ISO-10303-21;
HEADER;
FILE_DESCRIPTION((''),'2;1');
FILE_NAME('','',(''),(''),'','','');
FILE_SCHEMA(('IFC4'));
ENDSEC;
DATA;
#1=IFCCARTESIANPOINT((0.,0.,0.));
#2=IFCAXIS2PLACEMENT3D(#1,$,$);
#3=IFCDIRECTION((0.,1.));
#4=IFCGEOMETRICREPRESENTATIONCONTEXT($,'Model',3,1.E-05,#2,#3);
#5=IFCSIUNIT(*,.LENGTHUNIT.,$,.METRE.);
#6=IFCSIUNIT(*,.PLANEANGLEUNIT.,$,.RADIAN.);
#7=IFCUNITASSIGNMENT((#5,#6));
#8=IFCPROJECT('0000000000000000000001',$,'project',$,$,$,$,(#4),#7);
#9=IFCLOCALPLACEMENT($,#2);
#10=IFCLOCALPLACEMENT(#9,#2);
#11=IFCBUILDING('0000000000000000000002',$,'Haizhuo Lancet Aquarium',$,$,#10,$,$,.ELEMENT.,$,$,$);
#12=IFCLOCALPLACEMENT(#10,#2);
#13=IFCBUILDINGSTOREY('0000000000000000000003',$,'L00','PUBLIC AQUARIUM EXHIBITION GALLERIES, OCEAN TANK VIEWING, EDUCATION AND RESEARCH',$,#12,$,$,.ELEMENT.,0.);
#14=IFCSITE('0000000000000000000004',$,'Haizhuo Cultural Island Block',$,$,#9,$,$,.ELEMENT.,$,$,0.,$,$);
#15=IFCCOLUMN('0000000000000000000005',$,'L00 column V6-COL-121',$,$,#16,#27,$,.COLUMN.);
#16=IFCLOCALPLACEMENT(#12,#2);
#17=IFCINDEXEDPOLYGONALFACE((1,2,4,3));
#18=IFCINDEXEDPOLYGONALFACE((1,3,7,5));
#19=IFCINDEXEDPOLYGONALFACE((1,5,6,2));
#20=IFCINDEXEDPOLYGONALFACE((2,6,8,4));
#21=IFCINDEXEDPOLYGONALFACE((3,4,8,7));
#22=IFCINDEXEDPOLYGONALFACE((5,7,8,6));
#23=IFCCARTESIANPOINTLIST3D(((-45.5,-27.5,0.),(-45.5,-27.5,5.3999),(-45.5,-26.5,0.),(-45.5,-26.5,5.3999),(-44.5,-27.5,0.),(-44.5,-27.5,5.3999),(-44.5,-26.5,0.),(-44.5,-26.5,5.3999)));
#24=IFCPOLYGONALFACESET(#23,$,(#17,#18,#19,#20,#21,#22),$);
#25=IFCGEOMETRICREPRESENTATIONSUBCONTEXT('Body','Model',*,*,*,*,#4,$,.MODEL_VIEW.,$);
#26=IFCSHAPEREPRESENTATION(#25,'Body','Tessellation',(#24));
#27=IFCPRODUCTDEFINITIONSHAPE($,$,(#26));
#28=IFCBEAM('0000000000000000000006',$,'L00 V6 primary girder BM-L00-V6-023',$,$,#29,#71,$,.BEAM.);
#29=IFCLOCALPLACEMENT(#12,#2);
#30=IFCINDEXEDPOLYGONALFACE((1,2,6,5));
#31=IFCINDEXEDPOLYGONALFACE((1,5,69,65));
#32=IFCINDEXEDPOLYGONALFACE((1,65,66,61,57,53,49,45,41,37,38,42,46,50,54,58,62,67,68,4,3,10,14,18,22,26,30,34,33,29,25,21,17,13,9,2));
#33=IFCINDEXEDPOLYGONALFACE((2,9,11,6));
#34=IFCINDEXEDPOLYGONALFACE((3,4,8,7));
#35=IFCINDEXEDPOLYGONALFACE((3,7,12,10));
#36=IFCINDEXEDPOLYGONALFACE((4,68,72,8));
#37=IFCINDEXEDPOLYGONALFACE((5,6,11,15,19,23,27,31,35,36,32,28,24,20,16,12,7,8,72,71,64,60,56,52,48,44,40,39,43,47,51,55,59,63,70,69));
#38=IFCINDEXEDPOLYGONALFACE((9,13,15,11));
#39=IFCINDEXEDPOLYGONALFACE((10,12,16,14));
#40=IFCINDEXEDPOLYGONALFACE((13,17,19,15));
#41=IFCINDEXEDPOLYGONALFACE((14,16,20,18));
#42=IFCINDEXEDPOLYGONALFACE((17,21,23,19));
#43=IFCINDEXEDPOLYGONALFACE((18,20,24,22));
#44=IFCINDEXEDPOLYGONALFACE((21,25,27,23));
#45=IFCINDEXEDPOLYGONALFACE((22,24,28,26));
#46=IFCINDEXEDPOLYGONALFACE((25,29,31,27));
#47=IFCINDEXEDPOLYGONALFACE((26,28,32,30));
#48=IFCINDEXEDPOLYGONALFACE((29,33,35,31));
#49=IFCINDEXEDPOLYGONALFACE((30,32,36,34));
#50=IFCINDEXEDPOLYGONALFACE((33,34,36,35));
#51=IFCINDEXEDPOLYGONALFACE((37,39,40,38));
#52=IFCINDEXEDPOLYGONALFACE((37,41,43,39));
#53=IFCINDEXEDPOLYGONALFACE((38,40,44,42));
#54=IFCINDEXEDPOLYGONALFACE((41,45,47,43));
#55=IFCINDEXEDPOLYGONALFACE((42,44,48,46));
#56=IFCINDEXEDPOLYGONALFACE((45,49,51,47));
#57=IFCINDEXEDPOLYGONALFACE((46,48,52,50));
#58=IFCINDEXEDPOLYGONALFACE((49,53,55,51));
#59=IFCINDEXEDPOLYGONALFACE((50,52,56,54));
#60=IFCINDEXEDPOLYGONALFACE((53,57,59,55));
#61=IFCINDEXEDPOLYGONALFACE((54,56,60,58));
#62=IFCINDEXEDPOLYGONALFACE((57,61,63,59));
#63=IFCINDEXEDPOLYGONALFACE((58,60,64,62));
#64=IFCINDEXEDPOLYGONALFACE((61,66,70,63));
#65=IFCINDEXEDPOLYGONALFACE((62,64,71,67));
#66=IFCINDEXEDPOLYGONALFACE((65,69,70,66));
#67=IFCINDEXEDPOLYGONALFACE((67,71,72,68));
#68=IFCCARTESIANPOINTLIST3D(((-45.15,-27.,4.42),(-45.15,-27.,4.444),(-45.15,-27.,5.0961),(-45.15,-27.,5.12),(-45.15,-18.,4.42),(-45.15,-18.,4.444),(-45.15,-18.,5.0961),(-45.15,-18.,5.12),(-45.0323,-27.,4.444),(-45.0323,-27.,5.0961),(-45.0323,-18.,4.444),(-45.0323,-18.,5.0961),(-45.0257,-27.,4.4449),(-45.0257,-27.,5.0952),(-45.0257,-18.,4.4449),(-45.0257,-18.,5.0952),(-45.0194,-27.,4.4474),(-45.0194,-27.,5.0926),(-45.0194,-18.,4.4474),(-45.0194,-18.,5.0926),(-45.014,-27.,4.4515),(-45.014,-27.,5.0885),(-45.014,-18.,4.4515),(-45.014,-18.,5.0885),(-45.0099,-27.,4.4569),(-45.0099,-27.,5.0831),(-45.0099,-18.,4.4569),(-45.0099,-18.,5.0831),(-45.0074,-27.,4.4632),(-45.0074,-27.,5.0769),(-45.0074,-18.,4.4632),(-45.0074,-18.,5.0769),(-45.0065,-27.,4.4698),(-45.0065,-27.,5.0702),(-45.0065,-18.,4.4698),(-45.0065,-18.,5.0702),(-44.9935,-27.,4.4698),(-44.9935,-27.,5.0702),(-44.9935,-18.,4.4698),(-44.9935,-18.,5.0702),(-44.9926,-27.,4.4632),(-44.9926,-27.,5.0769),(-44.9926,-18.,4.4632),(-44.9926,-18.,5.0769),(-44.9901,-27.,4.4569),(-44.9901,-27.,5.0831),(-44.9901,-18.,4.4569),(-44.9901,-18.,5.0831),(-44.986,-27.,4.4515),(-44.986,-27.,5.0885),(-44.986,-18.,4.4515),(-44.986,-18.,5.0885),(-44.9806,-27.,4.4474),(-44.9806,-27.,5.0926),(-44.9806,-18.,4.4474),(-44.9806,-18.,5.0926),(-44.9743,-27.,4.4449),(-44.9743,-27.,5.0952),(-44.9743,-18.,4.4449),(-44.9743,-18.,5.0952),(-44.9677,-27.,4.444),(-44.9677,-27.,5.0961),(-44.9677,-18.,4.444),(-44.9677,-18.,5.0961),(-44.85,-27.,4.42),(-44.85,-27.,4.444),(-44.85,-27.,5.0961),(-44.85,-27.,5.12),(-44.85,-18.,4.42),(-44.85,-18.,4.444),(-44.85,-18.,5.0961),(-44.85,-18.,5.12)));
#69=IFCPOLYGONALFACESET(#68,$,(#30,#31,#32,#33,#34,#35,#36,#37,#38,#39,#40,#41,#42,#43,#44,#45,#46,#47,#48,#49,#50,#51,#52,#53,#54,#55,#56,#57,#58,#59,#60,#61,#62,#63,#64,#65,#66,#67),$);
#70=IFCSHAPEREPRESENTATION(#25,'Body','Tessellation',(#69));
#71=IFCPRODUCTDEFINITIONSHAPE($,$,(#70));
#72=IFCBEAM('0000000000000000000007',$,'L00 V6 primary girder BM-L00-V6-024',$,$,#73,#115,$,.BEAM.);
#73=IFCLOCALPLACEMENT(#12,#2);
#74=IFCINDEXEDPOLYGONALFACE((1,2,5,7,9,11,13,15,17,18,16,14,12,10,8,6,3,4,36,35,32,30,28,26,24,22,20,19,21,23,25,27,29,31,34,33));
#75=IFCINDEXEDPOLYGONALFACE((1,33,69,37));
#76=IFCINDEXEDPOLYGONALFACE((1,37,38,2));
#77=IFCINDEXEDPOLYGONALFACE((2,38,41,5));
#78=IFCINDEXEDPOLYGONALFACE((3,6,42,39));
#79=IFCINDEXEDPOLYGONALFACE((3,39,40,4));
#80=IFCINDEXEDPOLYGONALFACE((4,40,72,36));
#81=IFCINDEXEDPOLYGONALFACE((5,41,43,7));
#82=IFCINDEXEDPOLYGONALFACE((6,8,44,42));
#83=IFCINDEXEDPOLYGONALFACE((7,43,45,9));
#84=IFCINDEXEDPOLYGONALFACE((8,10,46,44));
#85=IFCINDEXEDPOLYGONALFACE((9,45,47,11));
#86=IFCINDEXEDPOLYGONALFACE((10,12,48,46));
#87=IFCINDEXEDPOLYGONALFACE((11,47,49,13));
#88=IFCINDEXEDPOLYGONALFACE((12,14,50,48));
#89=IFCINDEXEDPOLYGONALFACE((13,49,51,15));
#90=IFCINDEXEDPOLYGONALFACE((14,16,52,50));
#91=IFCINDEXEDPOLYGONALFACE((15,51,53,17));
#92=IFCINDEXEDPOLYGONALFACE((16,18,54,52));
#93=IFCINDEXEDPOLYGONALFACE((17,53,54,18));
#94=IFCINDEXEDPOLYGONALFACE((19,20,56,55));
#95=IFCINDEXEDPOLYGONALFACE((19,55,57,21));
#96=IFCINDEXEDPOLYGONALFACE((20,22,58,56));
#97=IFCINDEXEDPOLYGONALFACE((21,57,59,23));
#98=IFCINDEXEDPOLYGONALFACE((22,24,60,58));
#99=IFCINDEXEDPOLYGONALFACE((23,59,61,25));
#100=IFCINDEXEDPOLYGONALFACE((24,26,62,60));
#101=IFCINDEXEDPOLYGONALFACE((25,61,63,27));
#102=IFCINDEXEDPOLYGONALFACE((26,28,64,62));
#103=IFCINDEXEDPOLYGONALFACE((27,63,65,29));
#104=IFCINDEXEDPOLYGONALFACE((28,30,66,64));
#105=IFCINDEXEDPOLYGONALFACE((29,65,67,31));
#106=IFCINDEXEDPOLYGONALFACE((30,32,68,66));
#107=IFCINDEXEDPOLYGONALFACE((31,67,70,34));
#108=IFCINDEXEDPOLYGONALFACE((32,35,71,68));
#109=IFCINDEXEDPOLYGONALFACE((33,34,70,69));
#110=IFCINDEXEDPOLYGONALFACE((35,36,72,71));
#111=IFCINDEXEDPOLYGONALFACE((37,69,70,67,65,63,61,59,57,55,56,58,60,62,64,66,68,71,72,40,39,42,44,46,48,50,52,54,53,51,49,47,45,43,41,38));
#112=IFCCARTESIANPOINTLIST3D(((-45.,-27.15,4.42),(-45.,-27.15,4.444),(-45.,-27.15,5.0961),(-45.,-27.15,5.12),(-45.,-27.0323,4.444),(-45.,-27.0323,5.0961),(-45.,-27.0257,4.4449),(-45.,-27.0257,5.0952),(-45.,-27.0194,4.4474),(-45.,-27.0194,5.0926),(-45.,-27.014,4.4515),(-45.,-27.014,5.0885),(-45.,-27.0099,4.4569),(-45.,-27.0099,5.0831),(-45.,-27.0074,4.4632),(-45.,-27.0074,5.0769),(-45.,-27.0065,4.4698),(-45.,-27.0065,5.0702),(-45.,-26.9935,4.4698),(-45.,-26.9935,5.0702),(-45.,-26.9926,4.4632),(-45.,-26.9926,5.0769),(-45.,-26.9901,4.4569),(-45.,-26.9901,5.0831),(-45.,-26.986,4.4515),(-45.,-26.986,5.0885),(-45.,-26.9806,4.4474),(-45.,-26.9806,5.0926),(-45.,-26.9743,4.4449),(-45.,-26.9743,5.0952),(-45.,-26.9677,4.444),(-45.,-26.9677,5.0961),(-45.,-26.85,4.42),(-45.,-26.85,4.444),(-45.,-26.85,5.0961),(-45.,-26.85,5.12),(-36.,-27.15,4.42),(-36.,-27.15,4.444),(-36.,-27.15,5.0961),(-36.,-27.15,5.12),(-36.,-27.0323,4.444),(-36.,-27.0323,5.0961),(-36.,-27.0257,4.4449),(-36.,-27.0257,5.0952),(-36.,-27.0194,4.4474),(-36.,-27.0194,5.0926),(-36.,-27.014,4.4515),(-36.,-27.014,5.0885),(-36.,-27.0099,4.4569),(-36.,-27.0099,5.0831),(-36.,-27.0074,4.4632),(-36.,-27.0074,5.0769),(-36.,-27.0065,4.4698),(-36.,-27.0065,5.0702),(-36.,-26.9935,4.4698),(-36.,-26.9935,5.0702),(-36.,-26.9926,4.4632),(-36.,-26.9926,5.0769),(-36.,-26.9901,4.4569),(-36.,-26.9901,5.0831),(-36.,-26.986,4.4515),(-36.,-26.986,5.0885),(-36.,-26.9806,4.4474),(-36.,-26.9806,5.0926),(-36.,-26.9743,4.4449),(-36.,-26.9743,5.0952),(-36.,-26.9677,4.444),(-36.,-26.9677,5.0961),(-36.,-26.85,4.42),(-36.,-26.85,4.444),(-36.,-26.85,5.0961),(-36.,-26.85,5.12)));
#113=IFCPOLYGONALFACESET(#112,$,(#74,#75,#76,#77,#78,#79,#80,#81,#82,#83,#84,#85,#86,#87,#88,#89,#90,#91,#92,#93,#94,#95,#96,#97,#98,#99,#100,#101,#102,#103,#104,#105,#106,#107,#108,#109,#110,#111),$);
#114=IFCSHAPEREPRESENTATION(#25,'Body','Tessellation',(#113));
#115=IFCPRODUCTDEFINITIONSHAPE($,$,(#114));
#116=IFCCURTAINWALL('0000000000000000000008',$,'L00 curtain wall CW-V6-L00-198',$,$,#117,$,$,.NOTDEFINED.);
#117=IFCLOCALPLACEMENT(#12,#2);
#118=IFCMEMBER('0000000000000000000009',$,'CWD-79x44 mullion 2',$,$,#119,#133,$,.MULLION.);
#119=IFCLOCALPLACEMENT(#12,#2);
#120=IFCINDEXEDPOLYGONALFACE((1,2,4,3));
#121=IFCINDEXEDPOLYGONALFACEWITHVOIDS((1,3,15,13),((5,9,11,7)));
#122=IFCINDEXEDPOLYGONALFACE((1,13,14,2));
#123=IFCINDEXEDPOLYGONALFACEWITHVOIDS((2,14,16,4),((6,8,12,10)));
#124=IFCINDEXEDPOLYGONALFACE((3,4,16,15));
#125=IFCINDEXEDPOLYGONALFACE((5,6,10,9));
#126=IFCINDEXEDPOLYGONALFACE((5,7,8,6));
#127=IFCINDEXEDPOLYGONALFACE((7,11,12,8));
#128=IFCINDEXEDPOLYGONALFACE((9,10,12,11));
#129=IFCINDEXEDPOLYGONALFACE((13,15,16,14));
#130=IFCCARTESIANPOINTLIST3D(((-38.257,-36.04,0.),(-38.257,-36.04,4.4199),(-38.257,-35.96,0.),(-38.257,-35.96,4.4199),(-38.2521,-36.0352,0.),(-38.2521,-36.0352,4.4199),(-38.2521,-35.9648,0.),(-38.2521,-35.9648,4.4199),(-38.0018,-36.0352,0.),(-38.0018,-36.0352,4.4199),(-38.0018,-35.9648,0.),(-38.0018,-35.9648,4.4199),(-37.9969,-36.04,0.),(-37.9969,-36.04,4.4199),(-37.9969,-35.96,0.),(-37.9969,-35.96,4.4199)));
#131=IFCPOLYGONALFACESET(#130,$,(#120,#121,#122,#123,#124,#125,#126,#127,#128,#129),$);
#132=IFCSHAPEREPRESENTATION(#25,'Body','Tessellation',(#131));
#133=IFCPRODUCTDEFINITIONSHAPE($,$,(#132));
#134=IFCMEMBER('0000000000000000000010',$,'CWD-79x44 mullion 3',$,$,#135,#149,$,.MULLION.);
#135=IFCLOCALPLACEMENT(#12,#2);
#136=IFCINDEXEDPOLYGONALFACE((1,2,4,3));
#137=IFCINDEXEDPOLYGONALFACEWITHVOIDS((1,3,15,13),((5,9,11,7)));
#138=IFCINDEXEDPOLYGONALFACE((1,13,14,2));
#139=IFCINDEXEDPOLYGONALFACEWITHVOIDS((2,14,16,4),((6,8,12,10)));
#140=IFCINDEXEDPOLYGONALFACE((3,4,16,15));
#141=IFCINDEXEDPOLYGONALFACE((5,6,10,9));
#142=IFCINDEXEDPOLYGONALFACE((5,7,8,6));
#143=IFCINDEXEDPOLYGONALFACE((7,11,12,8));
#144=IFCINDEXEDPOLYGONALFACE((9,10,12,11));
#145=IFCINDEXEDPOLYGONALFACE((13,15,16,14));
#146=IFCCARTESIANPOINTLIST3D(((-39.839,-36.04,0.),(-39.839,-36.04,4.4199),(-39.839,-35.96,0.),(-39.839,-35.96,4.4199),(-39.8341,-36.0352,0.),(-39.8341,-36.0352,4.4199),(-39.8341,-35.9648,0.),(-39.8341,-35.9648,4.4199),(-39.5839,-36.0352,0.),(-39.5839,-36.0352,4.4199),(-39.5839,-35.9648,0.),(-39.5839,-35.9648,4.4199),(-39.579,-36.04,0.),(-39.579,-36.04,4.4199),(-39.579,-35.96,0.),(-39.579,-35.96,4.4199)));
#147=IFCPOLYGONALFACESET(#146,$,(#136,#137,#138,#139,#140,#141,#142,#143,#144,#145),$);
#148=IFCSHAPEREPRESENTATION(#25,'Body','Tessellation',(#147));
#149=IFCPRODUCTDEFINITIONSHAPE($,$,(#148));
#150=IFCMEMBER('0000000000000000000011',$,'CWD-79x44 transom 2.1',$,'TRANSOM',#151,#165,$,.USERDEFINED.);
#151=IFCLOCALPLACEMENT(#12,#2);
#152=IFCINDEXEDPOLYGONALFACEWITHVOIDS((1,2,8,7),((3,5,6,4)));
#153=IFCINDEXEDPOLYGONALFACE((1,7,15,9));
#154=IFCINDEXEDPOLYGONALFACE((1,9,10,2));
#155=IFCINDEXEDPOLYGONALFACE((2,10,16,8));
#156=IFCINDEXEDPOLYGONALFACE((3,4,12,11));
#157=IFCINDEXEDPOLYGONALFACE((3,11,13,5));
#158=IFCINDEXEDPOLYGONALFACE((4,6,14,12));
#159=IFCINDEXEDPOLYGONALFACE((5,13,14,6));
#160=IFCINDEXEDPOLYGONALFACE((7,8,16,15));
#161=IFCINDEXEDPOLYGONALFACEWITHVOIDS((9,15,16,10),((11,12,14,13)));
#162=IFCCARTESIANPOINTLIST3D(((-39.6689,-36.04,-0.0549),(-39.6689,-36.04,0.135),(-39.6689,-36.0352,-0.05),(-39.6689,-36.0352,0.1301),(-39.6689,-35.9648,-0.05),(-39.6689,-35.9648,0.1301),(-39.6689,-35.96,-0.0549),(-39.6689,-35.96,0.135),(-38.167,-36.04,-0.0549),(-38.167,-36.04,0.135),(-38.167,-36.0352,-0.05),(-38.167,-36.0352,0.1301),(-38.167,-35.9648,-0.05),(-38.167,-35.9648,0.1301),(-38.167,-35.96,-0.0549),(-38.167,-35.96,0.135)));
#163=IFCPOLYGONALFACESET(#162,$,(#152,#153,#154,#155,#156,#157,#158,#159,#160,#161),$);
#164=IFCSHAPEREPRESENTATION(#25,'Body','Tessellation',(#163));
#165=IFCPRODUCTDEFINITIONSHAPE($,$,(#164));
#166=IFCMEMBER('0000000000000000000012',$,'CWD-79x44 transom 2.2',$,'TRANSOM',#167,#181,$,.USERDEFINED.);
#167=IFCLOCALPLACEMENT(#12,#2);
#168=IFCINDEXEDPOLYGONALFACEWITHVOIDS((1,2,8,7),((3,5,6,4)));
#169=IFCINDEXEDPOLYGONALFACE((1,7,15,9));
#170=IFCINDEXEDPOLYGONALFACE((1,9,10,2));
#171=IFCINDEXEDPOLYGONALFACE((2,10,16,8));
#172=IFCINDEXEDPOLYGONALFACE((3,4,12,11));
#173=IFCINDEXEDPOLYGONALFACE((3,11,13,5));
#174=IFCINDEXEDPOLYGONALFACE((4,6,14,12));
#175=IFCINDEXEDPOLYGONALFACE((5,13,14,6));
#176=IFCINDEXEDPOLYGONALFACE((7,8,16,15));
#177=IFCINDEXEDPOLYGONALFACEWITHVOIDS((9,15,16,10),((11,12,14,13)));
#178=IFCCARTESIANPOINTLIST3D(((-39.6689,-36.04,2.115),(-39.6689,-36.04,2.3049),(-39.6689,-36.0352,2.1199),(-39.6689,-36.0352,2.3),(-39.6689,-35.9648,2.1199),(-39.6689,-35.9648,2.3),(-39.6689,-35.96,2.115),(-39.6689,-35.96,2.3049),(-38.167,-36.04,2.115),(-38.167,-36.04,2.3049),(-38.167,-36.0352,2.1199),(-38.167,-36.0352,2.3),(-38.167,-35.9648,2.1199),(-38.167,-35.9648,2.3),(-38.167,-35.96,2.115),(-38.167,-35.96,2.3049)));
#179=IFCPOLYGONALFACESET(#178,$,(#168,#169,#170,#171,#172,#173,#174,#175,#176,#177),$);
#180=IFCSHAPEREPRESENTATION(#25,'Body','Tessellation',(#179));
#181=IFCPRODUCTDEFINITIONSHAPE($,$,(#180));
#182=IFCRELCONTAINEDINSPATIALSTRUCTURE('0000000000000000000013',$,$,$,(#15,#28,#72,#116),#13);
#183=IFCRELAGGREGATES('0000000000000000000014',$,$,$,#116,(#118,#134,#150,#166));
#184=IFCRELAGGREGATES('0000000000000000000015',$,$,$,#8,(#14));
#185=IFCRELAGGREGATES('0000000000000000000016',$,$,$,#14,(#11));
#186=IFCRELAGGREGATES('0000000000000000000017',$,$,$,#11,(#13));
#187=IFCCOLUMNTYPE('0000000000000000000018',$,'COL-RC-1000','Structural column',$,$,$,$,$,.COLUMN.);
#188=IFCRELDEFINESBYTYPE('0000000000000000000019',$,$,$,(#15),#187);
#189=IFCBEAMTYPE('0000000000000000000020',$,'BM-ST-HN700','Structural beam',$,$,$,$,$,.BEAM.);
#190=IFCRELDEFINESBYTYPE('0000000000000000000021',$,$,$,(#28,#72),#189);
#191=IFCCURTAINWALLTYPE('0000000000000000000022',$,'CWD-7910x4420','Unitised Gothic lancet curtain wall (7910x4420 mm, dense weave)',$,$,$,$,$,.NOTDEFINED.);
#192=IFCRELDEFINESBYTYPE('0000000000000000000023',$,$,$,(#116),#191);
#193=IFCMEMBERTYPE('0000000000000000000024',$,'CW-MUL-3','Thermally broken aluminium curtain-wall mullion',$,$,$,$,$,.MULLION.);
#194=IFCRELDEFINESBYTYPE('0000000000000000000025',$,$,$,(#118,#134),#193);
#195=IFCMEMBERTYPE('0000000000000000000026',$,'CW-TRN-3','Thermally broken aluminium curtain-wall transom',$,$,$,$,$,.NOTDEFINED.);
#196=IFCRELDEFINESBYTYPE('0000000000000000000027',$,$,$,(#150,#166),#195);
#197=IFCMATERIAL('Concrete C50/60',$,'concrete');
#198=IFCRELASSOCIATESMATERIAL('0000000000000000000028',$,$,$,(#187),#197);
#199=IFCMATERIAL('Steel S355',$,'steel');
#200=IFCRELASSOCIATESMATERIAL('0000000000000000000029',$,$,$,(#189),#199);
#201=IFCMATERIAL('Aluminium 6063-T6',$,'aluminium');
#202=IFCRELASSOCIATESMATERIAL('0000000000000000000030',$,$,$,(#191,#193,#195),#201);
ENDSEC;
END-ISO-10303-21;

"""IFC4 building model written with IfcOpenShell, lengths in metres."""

from ifc_helpers import new_model, si_unit, direction, frame, origin, origin_2d, place, context, subcontext, project, spatial, rectangle, hollow_rectangle, i_section, extrude, material, material_profile, profile_set, type_object, element, aggregate, save


model = new_model("IFC4")

# Units and contexts
model_context = context("Model", 3, precision=1e-05, world=origin(), true_north=direction((0.0, 1.0)))
body_context = subcontext(model_context, "Body", "Model", "MODEL_VIEW")
ifc_project = project(units=[si_unit("LENGTHUNIT", "METRE"), si_unit("PLANEANGLEUNIT", "RADIAN")], contexts=[model_context])

# Site, building, storey
site_placement = place(None, origin())
site = spatial("IfcSite", under=ifc_project, at=site_placement, Name="Haizhuo Cultural Island Block", CompositionType="ELEMENT", RefElevation=0.0)
building_placement = place(site_placement, origin())
building = spatial("IfcBuilding", under=site, at=building_placement, Name="Haizhuo Lancet Aquarium", CompositionType="ELEMENT")
storey_placement = place(building_placement, origin())
storey = spatial("IfcBuildingStorey", under=building, at=storey_placement, Name="L00", Description="PUBLIC AQUARIUM EXHIBITION GALLERIES, OCEAN TANK VIEWING, EDUCATION AND RESEARCH", CompositionType="ELEMENT", Elevation=0.0)

# Column
ifc_material_1 = material(Name="Concrete C50/60", Category="concrete")
ifc_material_profile_1 = material_profile(ifc_material_1, rectangle(XDim=1.0, YDim=1.0, at=origin_2d()), Name="RC-COL 1000x1000")
ifc_profile_set_1 = profile_set([ifc_material_profile_1], Name="Concrete C50/60")
column_type = type_object("IfcColumnType", Name="COL-RC-1000", Description="Structural column", PredefinedType="COLUMN", material=ifc_profile_set_1)
column_placement = place(storey_placement, frame((-45.0, -27.0, 0.0), z_axis=(0.0, 0.0, 1.0), x_axis=(1.0, 0.0, 0.0)))
element("IfcColumn", 1, at=column_placement, inside=storey, type_object=column_type, Name="L00 column V6-COL-121", PredefinedType="COLUMN", context=body_context, shape_type="SweptSolid", body=[
    extrude(rectangle(XDim=1.0, YDim=1.0, at=origin_2d()), origin(), (0.0, 0.0, 1.0), 5.3999),
])

# Beams
ifc_material_2 = material(Name="Steel S355", Category="steel")
ifc_material_profile_2 = material_profile(ifc_material_2, i_section(OverallWidth=0.3, OverallDepth=0.7, WebThickness=0.0129, FlangeThickness=0.0239, FilletRadius=0.0259, at=origin_2d()), Name="HN 700x300x13x24")
ifc_profile_set_2 = profile_set([ifc_material_profile_2], Name="Steel S355")
beam_type_1 = type_object("IfcBeamType", Name="BM-ST-HN700", Description="Structural beam", PredefinedType="BEAM", material=ifc_profile_set_2)
for number, where, z_axis, x_axis, name in (
    (2, (-45.0, -27.0, 4.77), (0.0, 1.0, 0.0), (-1.0, 0.0, 0.0), "L00 V6 primary girder BM-L00-V6-023"),
    (3, (-45.0, -27.0, 4.77), (1.0, 0.0, 0.0), (0.0, 1.0, 0.0), "L00 V6 primary girder BM-L00-V6-024"),
):
    element("IfcBeam", number, at=place(storey_placement, frame(where, z_axis=z_axis, x_axis=x_axis)), inside=storey, type_object=beam_type_1, Name=name, PredefinedType="BEAM", context=body_context, shape_type="SweptSolid", body=[
        extrude(i_section(OverallWidth=0.3, OverallDepth=0.7, WebThickness=0.0129, FlangeThickness=0.0239, FilletRadius=0.0259, at=origin_2d()), origin(), (0.0, 0.0, 1.0), 9.0),
    ])

# Curtain wall, members
ifc_material_3 = material(Name="Aluminium 6063-T6", Category="aluminium")
curtain_wall_type = type_object("IfcCurtainWallType", Name="CWD-7910x4420", Description="Unitised Gothic lancet curtain wall (7910x4420 mm, dense weave)", PredefinedType="NOTDEFINED", material=ifc_material_3)
curtain_wall_placement = place(storey_placement, origin())
curtain_wall = element("IfcCurtainWall", 4, at=curtain_wall_placement, inside=storey, type_object=curtain_wall_type, Name="L00 curtain wall CW-V6-L00-198", PredefinedType="NOTDEFINED")
ifc_material_profile_3 = material_profile(ifc_material_3, hollow_rectangle(XDim=0.0801, YDim=0.26, WallThickness=0.0049, at=origin_2d()), Name="ALU-M 80x260x5")
ifc_profile_set_3 = profile_set([ifc_material_profile_3], Name="Aluminium 6063-T6")
member_type_1 = type_object("IfcMemberType", Name="CW-MUL-3", Description="Thermally broken aluminium curtain-wall mullion", PredefinedType="MULLION", material=ifc_profile_set_3)
member_1_placement = place(storey_placement, frame((-38.127, -36.0, 0.0), z_axis=(0.0, 0.0, 1.0), x_axis=(0.0, -1.0, 0.0)))
member_1 = element("IfcMember", 5, at=member_1_placement, type_object=member_type_1, Name="CWD-79x44 mullion 2", PredefinedType="MULLION", context=body_context, shape_type="SweptSolid", body=[
    extrude(hollow_rectangle(XDim=0.0801, YDim=0.26, WallThickness=0.0049, at=origin_2d()), origin(), (0.0, 0.0, 1.0), 4.4199),
])
member_2_placement = place(storey_placement, frame((-39.709, -36.0, 0.0), z_axis=(0.0, 0.0, 1.0), x_axis=(0.0, -1.0, 0.0)))
member_2 = element("IfcMember", 6, at=member_2_placement, type_object=member_type_1, Name="CWD-79x44 mullion 3", PredefinedType="MULLION", context=body_context, shape_type="SweptSolid", body=[
    extrude(hollow_rectangle(XDim=0.0801, YDim=0.26, WallThickness=0.0049, at=origin_2d()), origin(), (0.0, 0.0, 1.0), 4.4199),
])
ifc_material_profile_4 = material_profile(ifc_material_3, hollow_rectangle(XDim=0.0801, YDim=0.1899, WallThickness=0.0049, at=origin_2d()), Name="ALU-T 80x190x5")
ifc_profile_set_4 = profile_set([ifc_material_profile_4], Name="Aluminium 6063-T6")
member_type_2 = type_object("IfcMemberType", Name="CW-TRN-3", Description="Thermally broken aluminium curtain-wall transom", PredefinedType="NOTDEFINED", material=ifc_profile_set_4)
member_3_placement = place(storey_placement, frame((-38.167, -36.0, 0.04), z_axis=(-1.0, 0.0, 0.0), x_axis=(0.0, -1.0, 0.0)))
member_3 = element("IfcMember", 7, at=member_3_placement, type_object=member_type_2, Name="CWD-79x44 transom 2.1", ObjectType="TRANSOM", PredefinedType="USERDEFINED", context=body_context, shape_type="SweptSolid", body=[
    extrude(hollow_rectangle(XDim=0.0801, YDim=0.1899, WallThickness=0.0049, at=origin_2d()), origin(), (0.0, 0.0, 1.0), 1.502),
])
member_4_placement = place(storey_placement, frame((-38.167, -36.0, 2.21), z_axis=(-1.0, 0.0, 0.0), x_axis=(0.0, -1.0, 0.0)))
member_4 = element("IfcMember", 8, at=member_4_placement, type_object=member_type_2, Name="CWD-79x44 transom 2.2", ObjectType="TRANSOM", PredefinedType="USERDEFINED", context=body_context, shape_type="SweptSolid", body=[
    extrude(hollow_rectangle(XDim=0.0801, YDim=0.1899, WallThickness=0.0049, at=origin_2d()), origin(), (0.0, 0.0, 1.0), 1.502),
])

aggregate(curtain_wall, [member_1, member_2, member_3, member_4])

save(model, "model.ifc")
